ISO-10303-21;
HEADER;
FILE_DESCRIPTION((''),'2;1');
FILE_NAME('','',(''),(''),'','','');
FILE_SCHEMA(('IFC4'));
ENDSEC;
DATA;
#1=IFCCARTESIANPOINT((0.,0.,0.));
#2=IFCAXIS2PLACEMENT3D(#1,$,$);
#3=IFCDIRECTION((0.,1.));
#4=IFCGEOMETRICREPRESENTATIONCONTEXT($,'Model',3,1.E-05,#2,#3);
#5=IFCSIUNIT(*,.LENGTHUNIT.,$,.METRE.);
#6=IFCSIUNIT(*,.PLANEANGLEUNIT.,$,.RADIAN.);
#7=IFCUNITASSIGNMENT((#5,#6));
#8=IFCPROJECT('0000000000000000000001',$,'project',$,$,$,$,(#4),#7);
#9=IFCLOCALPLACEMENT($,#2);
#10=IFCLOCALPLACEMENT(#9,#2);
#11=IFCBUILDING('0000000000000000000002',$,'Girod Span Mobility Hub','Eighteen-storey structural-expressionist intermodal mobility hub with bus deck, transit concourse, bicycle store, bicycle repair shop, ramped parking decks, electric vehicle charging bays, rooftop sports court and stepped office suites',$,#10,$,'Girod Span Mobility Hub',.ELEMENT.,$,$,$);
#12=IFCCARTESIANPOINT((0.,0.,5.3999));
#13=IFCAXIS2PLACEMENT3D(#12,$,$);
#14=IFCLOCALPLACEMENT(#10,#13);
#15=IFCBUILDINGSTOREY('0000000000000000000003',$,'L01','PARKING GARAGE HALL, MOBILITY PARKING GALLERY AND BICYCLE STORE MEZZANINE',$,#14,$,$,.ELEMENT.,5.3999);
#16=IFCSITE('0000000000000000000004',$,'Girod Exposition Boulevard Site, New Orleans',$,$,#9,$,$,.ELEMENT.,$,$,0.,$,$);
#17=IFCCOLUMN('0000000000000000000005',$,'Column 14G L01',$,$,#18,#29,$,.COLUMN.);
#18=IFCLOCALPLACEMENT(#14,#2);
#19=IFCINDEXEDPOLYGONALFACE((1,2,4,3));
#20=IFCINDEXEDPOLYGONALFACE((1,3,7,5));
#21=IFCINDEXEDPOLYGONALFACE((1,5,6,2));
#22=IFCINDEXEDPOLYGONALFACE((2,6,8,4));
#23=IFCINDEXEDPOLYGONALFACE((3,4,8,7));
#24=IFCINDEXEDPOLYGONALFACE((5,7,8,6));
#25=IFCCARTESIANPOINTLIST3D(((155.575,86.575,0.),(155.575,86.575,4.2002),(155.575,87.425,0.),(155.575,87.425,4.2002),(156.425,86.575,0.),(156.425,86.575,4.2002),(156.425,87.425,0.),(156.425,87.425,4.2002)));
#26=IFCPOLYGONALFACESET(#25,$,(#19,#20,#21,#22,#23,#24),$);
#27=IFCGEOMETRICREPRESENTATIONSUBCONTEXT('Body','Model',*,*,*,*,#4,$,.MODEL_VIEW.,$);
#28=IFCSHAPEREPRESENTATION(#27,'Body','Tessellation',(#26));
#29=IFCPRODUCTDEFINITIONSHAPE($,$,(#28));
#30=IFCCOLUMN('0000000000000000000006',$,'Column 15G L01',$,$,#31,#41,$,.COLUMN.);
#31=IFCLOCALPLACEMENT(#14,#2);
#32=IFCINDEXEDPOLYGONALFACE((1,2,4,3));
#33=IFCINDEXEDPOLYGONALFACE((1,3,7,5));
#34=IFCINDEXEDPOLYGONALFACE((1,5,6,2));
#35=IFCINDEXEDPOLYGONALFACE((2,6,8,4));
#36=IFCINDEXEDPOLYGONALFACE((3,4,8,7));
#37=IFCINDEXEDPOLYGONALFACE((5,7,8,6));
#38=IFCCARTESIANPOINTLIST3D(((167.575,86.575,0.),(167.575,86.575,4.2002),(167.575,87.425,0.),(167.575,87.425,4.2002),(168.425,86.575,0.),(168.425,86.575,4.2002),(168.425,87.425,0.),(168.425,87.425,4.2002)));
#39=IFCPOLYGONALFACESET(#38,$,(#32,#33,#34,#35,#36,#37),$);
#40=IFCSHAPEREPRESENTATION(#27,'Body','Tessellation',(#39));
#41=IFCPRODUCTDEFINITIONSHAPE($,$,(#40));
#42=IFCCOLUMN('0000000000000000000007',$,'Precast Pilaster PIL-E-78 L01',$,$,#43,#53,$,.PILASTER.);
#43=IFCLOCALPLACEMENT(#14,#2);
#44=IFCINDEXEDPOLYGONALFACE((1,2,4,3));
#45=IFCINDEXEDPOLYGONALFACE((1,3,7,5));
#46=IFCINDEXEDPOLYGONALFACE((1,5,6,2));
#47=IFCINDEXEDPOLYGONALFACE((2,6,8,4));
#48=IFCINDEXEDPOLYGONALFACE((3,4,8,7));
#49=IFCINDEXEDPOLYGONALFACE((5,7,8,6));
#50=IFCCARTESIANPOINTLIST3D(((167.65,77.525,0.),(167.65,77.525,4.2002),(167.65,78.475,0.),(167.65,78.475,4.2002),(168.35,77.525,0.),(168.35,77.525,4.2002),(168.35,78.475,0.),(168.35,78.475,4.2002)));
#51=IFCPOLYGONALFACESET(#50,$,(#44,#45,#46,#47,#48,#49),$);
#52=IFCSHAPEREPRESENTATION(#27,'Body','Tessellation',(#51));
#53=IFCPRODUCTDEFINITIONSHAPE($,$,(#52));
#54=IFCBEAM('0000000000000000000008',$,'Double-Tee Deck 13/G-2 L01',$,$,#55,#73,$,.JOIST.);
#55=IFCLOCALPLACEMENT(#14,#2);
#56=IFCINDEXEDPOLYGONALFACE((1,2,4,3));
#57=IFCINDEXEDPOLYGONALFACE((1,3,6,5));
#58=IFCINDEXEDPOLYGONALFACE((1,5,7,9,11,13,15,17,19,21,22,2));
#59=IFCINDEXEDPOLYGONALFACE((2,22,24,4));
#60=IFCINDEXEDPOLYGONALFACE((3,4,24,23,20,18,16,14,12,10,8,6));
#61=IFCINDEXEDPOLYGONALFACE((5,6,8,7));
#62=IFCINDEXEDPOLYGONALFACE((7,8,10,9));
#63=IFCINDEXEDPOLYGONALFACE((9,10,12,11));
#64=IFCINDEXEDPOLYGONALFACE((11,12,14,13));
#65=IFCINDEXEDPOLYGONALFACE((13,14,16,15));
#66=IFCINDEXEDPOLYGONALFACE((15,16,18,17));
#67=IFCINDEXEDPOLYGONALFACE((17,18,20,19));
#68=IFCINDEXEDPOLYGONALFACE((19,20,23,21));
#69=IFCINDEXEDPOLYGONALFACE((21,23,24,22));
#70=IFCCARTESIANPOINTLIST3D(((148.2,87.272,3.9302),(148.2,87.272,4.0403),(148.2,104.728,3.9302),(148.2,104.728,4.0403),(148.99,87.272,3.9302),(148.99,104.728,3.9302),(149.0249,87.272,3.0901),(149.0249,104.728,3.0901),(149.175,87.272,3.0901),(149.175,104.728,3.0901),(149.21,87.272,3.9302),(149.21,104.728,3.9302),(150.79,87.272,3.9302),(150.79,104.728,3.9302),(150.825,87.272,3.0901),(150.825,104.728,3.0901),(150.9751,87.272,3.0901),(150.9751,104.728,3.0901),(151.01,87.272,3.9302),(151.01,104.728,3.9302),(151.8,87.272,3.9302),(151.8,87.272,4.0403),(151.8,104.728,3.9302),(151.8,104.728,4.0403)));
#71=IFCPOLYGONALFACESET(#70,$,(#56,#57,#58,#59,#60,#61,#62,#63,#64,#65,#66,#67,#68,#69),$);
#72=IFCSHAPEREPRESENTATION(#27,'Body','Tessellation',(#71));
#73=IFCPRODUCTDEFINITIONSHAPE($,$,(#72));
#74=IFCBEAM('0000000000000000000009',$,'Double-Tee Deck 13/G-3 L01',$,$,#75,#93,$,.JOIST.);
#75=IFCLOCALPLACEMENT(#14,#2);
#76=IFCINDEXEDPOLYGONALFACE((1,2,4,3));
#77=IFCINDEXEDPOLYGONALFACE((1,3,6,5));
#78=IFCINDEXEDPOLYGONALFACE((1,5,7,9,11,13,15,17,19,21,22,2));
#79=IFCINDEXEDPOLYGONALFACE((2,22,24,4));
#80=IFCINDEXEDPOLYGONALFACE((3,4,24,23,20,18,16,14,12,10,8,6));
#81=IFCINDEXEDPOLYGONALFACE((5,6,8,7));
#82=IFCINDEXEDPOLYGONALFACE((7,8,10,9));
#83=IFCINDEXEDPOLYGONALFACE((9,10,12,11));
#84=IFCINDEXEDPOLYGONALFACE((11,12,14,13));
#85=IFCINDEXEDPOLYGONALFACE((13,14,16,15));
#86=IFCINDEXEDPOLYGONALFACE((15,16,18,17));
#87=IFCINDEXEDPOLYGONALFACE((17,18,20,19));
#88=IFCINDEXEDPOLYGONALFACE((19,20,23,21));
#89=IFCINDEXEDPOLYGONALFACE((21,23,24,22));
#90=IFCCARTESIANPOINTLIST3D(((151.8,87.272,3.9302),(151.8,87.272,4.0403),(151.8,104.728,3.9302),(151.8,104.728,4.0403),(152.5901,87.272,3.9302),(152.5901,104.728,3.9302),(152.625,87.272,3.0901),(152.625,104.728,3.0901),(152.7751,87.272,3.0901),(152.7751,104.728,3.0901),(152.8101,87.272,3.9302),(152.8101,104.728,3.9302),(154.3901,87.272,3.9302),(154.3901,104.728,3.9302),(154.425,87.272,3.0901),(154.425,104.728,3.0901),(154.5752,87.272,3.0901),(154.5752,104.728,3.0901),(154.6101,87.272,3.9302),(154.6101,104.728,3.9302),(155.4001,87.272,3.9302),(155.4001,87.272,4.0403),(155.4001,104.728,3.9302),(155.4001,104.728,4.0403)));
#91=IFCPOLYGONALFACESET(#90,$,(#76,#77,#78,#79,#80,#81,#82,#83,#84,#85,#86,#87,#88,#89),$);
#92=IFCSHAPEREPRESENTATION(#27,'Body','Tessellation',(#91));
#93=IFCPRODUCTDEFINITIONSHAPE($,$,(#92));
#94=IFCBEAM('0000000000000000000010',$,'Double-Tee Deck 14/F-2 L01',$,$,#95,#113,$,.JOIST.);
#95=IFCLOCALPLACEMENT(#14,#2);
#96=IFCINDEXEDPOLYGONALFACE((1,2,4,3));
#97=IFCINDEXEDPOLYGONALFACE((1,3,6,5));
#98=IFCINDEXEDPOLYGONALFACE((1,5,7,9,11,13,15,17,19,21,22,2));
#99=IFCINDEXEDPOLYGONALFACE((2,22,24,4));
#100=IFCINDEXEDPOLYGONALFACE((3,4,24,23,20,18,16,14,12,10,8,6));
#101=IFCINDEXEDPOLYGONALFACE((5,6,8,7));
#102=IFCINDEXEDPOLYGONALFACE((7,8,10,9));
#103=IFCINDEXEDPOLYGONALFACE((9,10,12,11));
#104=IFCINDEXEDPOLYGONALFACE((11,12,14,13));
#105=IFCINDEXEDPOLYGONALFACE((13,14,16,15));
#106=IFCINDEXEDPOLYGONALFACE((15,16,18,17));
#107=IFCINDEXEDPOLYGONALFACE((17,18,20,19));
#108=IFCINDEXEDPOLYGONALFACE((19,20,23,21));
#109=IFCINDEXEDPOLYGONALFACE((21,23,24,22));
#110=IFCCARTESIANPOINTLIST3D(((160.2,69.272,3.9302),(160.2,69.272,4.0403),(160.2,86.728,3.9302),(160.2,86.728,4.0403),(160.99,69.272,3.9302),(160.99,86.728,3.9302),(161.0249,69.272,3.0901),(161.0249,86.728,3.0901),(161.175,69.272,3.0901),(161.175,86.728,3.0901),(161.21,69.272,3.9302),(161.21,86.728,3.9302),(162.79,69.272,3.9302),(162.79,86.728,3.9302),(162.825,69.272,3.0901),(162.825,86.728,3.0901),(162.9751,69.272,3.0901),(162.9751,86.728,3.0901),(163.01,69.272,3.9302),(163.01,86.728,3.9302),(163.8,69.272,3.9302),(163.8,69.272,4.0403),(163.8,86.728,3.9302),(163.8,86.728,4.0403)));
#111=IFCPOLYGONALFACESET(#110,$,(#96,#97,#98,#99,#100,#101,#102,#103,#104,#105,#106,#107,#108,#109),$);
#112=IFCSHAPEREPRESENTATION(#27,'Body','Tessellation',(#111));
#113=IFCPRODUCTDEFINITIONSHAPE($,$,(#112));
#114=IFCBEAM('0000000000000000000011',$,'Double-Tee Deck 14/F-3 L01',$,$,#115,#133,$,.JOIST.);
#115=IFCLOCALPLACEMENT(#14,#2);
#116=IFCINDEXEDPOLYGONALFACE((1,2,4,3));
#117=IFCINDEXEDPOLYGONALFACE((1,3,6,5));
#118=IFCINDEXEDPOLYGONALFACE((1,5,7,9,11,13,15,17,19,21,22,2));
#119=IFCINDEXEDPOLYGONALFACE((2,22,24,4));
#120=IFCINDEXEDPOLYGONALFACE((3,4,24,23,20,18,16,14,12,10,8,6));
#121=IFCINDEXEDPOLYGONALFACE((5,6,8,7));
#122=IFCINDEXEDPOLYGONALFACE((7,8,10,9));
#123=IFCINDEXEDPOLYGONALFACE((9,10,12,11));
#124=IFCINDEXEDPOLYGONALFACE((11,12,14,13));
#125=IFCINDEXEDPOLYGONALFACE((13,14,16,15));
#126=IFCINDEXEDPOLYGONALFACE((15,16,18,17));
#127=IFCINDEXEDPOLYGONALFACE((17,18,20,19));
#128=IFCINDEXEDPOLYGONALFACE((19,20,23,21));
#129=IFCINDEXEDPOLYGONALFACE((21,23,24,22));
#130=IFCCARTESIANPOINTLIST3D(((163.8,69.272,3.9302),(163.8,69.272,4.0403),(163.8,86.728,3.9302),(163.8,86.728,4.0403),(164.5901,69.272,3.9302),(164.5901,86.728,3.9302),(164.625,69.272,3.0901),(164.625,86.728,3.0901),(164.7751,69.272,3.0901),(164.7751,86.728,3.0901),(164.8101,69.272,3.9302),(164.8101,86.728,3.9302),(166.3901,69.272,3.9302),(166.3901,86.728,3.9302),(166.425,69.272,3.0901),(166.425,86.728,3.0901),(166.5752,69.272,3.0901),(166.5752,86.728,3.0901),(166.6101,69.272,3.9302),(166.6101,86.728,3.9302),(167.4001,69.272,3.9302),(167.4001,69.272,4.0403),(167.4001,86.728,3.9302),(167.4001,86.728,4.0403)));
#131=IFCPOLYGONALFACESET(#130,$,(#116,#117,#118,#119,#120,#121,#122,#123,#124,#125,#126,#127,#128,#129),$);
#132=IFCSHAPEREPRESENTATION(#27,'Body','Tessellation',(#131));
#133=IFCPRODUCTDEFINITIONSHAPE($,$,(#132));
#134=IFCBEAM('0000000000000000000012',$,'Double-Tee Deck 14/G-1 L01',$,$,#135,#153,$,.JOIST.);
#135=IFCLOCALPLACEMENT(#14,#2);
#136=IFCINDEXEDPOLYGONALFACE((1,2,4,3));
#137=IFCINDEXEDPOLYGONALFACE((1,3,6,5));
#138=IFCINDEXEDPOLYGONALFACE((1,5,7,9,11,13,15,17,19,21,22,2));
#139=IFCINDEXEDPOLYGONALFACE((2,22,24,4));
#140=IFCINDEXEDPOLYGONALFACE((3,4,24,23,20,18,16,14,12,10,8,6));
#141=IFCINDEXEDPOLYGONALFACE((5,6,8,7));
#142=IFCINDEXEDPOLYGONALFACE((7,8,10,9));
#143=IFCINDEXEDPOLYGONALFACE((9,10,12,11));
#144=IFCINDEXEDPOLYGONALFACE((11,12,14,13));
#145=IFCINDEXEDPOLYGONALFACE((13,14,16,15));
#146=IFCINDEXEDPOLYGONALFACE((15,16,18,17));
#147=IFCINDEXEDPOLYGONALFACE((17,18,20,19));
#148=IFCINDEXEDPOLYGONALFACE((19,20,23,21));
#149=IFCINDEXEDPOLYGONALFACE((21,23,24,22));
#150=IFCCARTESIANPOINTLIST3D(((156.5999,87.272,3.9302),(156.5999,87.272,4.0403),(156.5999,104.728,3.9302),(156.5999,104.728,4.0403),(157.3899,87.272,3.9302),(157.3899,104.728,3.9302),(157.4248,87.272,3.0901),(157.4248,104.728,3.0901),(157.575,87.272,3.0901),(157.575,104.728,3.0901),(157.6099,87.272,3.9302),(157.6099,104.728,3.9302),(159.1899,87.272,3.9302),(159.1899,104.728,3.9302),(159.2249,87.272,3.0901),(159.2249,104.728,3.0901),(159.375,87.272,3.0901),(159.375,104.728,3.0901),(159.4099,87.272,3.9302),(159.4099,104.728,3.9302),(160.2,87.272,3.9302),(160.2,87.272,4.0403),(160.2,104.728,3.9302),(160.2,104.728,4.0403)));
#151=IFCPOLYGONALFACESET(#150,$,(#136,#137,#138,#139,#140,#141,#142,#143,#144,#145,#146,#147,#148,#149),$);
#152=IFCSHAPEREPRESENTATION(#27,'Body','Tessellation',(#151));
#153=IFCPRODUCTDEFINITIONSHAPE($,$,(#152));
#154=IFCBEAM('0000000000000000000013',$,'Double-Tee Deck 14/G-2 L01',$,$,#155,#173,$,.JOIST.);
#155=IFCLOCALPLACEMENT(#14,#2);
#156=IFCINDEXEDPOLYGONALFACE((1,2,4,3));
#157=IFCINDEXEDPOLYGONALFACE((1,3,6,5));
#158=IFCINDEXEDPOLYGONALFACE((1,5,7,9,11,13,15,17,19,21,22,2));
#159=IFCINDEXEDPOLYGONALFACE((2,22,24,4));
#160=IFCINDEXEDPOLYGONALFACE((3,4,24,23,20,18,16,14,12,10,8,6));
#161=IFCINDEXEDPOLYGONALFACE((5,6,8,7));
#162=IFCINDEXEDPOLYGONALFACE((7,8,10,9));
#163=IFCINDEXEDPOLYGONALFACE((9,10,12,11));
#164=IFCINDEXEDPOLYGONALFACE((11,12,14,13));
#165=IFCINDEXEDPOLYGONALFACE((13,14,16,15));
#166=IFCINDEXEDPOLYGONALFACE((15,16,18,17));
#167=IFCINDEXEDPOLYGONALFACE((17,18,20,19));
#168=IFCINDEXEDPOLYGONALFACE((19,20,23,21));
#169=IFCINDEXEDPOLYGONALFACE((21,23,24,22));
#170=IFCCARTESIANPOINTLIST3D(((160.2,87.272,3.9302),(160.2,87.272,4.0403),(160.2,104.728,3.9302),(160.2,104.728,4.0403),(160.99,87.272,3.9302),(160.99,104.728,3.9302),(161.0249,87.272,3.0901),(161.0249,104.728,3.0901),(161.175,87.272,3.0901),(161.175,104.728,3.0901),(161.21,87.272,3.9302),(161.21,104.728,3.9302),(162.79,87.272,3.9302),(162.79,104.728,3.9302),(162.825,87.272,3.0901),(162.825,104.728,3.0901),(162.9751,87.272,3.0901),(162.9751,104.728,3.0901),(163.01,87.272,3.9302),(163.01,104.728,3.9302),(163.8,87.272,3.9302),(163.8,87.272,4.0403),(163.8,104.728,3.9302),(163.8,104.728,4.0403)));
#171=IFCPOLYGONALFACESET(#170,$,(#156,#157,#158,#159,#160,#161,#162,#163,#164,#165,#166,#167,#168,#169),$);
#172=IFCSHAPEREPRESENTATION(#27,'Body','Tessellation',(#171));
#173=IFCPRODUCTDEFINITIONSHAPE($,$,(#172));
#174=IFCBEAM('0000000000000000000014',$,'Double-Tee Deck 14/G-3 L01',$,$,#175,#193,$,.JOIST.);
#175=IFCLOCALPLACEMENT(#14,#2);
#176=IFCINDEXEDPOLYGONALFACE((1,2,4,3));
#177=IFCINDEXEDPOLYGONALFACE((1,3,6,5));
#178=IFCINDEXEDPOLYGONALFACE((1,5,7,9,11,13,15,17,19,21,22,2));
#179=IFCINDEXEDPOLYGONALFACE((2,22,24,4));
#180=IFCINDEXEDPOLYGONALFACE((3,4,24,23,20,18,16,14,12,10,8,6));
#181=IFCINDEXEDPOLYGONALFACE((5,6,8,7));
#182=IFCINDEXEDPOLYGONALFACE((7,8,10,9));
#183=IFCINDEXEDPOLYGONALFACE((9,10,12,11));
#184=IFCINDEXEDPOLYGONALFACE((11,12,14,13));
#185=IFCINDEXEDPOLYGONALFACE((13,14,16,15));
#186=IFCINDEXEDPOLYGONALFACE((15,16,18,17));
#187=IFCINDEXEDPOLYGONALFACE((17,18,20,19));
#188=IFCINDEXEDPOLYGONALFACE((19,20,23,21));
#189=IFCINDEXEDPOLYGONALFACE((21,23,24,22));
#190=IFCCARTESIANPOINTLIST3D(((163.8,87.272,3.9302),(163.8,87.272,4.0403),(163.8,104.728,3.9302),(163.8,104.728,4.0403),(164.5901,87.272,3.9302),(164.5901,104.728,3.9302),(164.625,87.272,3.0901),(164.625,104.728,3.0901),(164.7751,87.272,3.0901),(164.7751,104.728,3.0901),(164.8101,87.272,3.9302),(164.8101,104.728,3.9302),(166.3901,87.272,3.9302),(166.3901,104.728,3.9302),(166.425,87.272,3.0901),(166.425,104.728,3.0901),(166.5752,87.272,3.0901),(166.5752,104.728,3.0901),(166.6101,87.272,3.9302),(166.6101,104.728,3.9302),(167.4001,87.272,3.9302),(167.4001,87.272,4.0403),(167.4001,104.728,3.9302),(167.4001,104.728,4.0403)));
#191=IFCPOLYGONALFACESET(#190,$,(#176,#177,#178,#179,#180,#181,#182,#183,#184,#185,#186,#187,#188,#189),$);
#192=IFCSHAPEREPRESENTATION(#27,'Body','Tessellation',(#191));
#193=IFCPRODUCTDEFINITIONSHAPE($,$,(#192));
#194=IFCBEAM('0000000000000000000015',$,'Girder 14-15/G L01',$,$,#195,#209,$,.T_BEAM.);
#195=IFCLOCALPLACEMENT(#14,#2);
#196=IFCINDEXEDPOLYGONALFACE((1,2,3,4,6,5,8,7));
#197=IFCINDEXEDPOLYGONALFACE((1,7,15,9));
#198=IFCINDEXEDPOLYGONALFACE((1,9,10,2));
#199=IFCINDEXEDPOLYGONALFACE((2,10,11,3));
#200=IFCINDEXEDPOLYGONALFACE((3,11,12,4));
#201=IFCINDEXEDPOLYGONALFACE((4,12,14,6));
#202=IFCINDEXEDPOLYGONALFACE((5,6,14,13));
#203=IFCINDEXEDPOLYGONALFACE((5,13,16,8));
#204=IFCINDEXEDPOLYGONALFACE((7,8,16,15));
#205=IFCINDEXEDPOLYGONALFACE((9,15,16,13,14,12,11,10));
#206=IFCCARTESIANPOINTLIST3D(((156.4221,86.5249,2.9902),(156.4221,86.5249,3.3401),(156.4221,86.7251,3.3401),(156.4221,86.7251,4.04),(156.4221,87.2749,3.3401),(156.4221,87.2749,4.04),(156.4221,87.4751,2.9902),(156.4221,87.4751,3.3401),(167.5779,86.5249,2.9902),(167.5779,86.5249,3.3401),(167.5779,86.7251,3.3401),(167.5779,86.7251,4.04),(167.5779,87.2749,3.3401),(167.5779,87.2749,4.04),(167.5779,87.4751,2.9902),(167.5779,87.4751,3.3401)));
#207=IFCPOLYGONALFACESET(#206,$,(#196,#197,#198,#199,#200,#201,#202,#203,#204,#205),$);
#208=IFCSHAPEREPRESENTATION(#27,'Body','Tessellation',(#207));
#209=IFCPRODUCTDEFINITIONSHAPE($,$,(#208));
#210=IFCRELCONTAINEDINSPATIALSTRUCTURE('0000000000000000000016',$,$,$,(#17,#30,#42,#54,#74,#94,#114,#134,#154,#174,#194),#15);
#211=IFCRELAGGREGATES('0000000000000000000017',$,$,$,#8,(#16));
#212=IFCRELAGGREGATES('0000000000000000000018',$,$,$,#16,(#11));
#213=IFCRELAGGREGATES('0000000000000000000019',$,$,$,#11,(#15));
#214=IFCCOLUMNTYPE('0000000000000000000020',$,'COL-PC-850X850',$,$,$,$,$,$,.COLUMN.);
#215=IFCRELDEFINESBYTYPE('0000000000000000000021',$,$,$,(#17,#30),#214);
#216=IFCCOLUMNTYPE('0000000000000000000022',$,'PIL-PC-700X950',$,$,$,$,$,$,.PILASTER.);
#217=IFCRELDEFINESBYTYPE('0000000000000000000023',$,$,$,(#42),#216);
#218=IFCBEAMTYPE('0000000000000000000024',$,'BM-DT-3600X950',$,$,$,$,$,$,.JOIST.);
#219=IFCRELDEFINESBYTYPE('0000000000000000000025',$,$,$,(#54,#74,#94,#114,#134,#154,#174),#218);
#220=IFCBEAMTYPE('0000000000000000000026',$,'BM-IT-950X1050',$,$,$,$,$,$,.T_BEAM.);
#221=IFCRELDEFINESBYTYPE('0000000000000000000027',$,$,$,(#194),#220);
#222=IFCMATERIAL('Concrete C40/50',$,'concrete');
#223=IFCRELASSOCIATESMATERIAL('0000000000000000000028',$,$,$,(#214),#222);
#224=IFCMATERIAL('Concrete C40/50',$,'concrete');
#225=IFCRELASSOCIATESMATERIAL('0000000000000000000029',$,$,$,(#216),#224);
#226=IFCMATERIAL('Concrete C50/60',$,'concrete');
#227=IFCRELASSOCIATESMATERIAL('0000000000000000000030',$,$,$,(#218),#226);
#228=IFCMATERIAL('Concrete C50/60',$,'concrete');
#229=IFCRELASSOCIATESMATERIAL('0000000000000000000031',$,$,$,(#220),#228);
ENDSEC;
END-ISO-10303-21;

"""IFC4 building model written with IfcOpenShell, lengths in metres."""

from ifc_helpers import new_model, si_unit, direction, frame, origin, origin_2d, place, context, subcontext, project, spatial, polyline, rectangle, outline, extrude, material, material_profile, profile_set, type_object, element, save


model = new_model("IFC4")

# Units and contexts
model_context = context("Model", 3, precision=1e-05, world=origin(), true_north=direction((0.0, 1.0)))
body_context = subcontext(model_context, "Body", "Model", "MODEL_VIEW")
ifc_project = project(units=[si_unit("LENGTHUNIT", "METRE"), si_unit("PLANEANGLEUNIT", "RADIAN")], contexts=[model_context])

# Site, building, storey
site_placement = place(None, origin())
site = spatial("IfcSite", under=ifc_project, at=site_placement, Name="Girod Exposition Boulevard Site, New Orleans", CompositionType="ELEMENT", RefElevation=0.0)
building_placement = place(site_placement, origin())
building = spatial("IfcBuilding", under=site, at=building_placement, Name="Girod Span Mobility Hub", Description="Eighteen-storey structural-expressionist intermodal mobility hub with bus deck, transit concourse, bicycle store, bicycle repair shop, ramped parking decks, electric vehicle charging bays, rooftop sports court and stepped office suites", LongName="Girod Span Mobility Hub", CompositionType="ELEMENT")
storey_placement = place(building_placement, frame((0.0, 0.0, 5.3999)))
storey = spatial("IfcBuildingStorey", under=building, at=storey_placement, Name="L01", Description="PARKING GARAGE HALL, MOBILITY PARKING GALLERY AND BICYCLE STORE MEZZANINE", CompositionType="ELEMENT", Elevation=5.3999)

# Columns
ifc_material_1 = material(Name="Concrete C40/50", Category="concrete")
ifc_material_profile_1 = material_profile(ifc_material_1, rectangle(XDim=0.8501, YDim=0.8501, at=origin_2d()), Name="PC-COL-850X850")
ifc_profile_set_1 = profile_set([ifc_material_profile_1], Name="Concrete C40/50")
column_type_1 = type_object("IfcColumnType", Name="COL-PC-850X850", PredefinedType="COLUMN", material=ifc_profile_set_1)
for number, where, z_axis, x_axis, name in (
    (1, (156.0, 87.0, 0.0), (0.0, 0.0, 1.0), (1.0, 0.0, 0.0), "Column 14G L01"),
    (2, (168.0, 87.0, 0.0), (0.0, 0.0, 1.0), (1.0, 0.0, 0.0), "Column 15G L01"),
):
    element("IfcColumn", number, at=place(storey_placement, frame(where, z_axis=z_axis, x_axis=x_axis)), inside=storey, type_object=column_type_1, Name=name, PredefinedType="COLUMN", context=body_context, shape_type="SweptSolid", body=[
        extrude(rectangle(XDim=0.8501, YDim=0.8501, at=origin_2d()), origin(), (0.0, 0.0, 1.0), 4.2002),
    ])
ifc_material_2 = material(Name="Concrete C40/50", Category="concrete")
ifc_material_profile_2 = material_profile(ifc_material_2, rectangle(XDim=0.7, YDim=0.95, at=origin_2d()), Name="PC-PIL-700X950")
ifc_profile_set_2 = profile_set([ifc_material_profile_2], Name="Concrete C40/50")
column_type_2 = type_object("IfcColumnType", Name="PIL-PC-700X950", PredefinedType="PILASTER", material=ifc_profile_set_2)
column_placement = place(storey_placement, frame((168.0, 78.0, 0.0), z_axis=(0.0, 0.0, 1.0), x_axis=(1.0, 0.0, 0.0)))
element("IfcColumn", 3, at=column_placement, inside=storey, type_object=column_type_2, Name="Precast Pilaster PIL-E-78 L01", PredefinedType="PILASTER", context=body_context, shape_type="SweptSolid", body=[
    extrude(rectangle(XDim=0.7, YDim=0.95, at=origin_2d()), origin(), (0.0, 0.0, 1.0), 4.2002),
])

# Beams
ifc_material_3 = material(Name="Concrete C50/60", Category="concrete")
ifc_material_profile_3 = material_profile(ifc_material_3, outline(polyline([(-1.8, 0.4751), (-1.8, 0.365), (-1.01, 0.365), (-0.9751, -0.4751), (-0.825, -0.4751), (-0.79, 0.365), (0.79, 0.365), (0.825, -0.4751), (0.9751, -0.4751), (1.01, 0.365), (1.8, 0.365), (1.8, 0.4751), (-1.8, 0.4751)])), Name="DT-3600X950")
ifc_profile_set_3 = profile_set([ifc_material_profile_3], Name="Concrete C50/60")
beam_type_1 = type_object("IfcBeamType", Name="BM-DT-3600X950", PredefinedType="JOIST", material=ifc_profile_set_3)
for number, where, z_axis, x_axis, name in (
    (4, (150.0, 87.272, 3.5652), (0.0, 1.0, 0.0), (-1.0, 0.0, 0.0), "Double-Tee Deck 13/G-2 L01"),
    (5, (153.6001, 87.272, 3.5652), (0.0, 1.0, 0.0), (-1.0, 0.0, 0.0), "Double-Tee Deck 13/G-3 L01"),
    (6, (162.0, 69.272, 3.5652), (0.0, 1.0, 0.0), (-1.0, 0.0, 0.0), "Double-Tee Deck 14/F-2 L01"),
    (7, (165.6001, 69.272, 3.5652), (0.0, 1.0, 0.0), (-1.0, 0.0, 0.0), "Double-Tee Deck 14/F-3 L01"),
    (8, (158.3999, 87.272, 3.5652), (0.0, 1.0, 0.0), (-1.0, 0.0, 0.0), "Double-Tee Deck 14/G-1 L01"),
    (9, (162.0, 87.272, 3.5652), (0.0, 1.0, 0.0), (-1.0, 0.0, 0.0), "Double-Tee Deck 14/G-2 L01"),
    (10, (165.6001, 87.272, 3.5652), (0.0, 1.0, 0.0), (-1.0, 0.0, 0.0), "Double-Tee Deck 14/G-3 L01"),
):
    element("IfcBeam", number, at=place(storey_placement, frame(where, z_axis=z_axis, x_axis=x_axis)), inside=storey, type_object=beam_type_1, Name=name, PredefinedType="JOIST", context=body_context, shape_type="SweptSolid", body=[
        extrude(outline(polyline([(-1.8, 0.4751), (-1.8, 0.365), (-1.01, 0.365), (-0.9751, -0.4751), (-0.825, -0.4751), (-0.79, 0.365), (0.79, 0.365), (0.825, -0.4751), (0.9751, -0.4751), (1.01, 0.365), (1.8, 0.365), (1.8, 0.4751), (-1.8, 0.4751)])), origin(), (0.0, 0.0, 1.0), 17.4561),
    ])
ifc_material_4 = material(Name="Concrete C50/60", Category="concrete")
ifc_material_profile_4 = material_profile(ifc_material_4, outline(polyline([(-0.4751, -0.5249), (0.4751, -0.5249), (0.4751, -0.175), (0.2749, -0.175), (0.2749, 0.5249), (-0.2749, 0.5249), (-0.2749, -0.175), (-0.4751, -0.175), (-0.4751, -0.5249)])), Name="IT-950X1050")
ifc_profile_set_4 = profile_set([ifc_material_profile_4], Name="Concrete C50/60")
beam_type_2 = type_object("IfcBeamType", Name="BM-IT-950X1050", PredefinedType="T_BEAM", material=ifc_profile_set_4)
beam_1_placement = place(storey_placement, frame((156.4221, 87.0, 3.5151), z_axis=(1.0, 0.0, 0.0), x_axis=(0.0, 1.0, 0.0)))
element("IfcBeam", 11, at=beam_1_placement, inside=storey, type_object=beam_type_2, Name="Girder 14-15/G L01", PredefinedType="T_BEAM", context=body_context, shape_type="SweptSolid", body=[
    extrude(outline(polyline([(-0.4751, -0.5249), (0.4751, -0.5249), (0.4751, -0.175), (0.2749, -0.175), (0.2749, 0.5249), (-0.2749, 0.5249), (-0.2749, -0.175), (-0.4751, -0.175), (-0.4751, -0.5249)])), origin(), (0.0, 0.0, 1.0), 11.1558),
])

save(model, "model.ifc")
